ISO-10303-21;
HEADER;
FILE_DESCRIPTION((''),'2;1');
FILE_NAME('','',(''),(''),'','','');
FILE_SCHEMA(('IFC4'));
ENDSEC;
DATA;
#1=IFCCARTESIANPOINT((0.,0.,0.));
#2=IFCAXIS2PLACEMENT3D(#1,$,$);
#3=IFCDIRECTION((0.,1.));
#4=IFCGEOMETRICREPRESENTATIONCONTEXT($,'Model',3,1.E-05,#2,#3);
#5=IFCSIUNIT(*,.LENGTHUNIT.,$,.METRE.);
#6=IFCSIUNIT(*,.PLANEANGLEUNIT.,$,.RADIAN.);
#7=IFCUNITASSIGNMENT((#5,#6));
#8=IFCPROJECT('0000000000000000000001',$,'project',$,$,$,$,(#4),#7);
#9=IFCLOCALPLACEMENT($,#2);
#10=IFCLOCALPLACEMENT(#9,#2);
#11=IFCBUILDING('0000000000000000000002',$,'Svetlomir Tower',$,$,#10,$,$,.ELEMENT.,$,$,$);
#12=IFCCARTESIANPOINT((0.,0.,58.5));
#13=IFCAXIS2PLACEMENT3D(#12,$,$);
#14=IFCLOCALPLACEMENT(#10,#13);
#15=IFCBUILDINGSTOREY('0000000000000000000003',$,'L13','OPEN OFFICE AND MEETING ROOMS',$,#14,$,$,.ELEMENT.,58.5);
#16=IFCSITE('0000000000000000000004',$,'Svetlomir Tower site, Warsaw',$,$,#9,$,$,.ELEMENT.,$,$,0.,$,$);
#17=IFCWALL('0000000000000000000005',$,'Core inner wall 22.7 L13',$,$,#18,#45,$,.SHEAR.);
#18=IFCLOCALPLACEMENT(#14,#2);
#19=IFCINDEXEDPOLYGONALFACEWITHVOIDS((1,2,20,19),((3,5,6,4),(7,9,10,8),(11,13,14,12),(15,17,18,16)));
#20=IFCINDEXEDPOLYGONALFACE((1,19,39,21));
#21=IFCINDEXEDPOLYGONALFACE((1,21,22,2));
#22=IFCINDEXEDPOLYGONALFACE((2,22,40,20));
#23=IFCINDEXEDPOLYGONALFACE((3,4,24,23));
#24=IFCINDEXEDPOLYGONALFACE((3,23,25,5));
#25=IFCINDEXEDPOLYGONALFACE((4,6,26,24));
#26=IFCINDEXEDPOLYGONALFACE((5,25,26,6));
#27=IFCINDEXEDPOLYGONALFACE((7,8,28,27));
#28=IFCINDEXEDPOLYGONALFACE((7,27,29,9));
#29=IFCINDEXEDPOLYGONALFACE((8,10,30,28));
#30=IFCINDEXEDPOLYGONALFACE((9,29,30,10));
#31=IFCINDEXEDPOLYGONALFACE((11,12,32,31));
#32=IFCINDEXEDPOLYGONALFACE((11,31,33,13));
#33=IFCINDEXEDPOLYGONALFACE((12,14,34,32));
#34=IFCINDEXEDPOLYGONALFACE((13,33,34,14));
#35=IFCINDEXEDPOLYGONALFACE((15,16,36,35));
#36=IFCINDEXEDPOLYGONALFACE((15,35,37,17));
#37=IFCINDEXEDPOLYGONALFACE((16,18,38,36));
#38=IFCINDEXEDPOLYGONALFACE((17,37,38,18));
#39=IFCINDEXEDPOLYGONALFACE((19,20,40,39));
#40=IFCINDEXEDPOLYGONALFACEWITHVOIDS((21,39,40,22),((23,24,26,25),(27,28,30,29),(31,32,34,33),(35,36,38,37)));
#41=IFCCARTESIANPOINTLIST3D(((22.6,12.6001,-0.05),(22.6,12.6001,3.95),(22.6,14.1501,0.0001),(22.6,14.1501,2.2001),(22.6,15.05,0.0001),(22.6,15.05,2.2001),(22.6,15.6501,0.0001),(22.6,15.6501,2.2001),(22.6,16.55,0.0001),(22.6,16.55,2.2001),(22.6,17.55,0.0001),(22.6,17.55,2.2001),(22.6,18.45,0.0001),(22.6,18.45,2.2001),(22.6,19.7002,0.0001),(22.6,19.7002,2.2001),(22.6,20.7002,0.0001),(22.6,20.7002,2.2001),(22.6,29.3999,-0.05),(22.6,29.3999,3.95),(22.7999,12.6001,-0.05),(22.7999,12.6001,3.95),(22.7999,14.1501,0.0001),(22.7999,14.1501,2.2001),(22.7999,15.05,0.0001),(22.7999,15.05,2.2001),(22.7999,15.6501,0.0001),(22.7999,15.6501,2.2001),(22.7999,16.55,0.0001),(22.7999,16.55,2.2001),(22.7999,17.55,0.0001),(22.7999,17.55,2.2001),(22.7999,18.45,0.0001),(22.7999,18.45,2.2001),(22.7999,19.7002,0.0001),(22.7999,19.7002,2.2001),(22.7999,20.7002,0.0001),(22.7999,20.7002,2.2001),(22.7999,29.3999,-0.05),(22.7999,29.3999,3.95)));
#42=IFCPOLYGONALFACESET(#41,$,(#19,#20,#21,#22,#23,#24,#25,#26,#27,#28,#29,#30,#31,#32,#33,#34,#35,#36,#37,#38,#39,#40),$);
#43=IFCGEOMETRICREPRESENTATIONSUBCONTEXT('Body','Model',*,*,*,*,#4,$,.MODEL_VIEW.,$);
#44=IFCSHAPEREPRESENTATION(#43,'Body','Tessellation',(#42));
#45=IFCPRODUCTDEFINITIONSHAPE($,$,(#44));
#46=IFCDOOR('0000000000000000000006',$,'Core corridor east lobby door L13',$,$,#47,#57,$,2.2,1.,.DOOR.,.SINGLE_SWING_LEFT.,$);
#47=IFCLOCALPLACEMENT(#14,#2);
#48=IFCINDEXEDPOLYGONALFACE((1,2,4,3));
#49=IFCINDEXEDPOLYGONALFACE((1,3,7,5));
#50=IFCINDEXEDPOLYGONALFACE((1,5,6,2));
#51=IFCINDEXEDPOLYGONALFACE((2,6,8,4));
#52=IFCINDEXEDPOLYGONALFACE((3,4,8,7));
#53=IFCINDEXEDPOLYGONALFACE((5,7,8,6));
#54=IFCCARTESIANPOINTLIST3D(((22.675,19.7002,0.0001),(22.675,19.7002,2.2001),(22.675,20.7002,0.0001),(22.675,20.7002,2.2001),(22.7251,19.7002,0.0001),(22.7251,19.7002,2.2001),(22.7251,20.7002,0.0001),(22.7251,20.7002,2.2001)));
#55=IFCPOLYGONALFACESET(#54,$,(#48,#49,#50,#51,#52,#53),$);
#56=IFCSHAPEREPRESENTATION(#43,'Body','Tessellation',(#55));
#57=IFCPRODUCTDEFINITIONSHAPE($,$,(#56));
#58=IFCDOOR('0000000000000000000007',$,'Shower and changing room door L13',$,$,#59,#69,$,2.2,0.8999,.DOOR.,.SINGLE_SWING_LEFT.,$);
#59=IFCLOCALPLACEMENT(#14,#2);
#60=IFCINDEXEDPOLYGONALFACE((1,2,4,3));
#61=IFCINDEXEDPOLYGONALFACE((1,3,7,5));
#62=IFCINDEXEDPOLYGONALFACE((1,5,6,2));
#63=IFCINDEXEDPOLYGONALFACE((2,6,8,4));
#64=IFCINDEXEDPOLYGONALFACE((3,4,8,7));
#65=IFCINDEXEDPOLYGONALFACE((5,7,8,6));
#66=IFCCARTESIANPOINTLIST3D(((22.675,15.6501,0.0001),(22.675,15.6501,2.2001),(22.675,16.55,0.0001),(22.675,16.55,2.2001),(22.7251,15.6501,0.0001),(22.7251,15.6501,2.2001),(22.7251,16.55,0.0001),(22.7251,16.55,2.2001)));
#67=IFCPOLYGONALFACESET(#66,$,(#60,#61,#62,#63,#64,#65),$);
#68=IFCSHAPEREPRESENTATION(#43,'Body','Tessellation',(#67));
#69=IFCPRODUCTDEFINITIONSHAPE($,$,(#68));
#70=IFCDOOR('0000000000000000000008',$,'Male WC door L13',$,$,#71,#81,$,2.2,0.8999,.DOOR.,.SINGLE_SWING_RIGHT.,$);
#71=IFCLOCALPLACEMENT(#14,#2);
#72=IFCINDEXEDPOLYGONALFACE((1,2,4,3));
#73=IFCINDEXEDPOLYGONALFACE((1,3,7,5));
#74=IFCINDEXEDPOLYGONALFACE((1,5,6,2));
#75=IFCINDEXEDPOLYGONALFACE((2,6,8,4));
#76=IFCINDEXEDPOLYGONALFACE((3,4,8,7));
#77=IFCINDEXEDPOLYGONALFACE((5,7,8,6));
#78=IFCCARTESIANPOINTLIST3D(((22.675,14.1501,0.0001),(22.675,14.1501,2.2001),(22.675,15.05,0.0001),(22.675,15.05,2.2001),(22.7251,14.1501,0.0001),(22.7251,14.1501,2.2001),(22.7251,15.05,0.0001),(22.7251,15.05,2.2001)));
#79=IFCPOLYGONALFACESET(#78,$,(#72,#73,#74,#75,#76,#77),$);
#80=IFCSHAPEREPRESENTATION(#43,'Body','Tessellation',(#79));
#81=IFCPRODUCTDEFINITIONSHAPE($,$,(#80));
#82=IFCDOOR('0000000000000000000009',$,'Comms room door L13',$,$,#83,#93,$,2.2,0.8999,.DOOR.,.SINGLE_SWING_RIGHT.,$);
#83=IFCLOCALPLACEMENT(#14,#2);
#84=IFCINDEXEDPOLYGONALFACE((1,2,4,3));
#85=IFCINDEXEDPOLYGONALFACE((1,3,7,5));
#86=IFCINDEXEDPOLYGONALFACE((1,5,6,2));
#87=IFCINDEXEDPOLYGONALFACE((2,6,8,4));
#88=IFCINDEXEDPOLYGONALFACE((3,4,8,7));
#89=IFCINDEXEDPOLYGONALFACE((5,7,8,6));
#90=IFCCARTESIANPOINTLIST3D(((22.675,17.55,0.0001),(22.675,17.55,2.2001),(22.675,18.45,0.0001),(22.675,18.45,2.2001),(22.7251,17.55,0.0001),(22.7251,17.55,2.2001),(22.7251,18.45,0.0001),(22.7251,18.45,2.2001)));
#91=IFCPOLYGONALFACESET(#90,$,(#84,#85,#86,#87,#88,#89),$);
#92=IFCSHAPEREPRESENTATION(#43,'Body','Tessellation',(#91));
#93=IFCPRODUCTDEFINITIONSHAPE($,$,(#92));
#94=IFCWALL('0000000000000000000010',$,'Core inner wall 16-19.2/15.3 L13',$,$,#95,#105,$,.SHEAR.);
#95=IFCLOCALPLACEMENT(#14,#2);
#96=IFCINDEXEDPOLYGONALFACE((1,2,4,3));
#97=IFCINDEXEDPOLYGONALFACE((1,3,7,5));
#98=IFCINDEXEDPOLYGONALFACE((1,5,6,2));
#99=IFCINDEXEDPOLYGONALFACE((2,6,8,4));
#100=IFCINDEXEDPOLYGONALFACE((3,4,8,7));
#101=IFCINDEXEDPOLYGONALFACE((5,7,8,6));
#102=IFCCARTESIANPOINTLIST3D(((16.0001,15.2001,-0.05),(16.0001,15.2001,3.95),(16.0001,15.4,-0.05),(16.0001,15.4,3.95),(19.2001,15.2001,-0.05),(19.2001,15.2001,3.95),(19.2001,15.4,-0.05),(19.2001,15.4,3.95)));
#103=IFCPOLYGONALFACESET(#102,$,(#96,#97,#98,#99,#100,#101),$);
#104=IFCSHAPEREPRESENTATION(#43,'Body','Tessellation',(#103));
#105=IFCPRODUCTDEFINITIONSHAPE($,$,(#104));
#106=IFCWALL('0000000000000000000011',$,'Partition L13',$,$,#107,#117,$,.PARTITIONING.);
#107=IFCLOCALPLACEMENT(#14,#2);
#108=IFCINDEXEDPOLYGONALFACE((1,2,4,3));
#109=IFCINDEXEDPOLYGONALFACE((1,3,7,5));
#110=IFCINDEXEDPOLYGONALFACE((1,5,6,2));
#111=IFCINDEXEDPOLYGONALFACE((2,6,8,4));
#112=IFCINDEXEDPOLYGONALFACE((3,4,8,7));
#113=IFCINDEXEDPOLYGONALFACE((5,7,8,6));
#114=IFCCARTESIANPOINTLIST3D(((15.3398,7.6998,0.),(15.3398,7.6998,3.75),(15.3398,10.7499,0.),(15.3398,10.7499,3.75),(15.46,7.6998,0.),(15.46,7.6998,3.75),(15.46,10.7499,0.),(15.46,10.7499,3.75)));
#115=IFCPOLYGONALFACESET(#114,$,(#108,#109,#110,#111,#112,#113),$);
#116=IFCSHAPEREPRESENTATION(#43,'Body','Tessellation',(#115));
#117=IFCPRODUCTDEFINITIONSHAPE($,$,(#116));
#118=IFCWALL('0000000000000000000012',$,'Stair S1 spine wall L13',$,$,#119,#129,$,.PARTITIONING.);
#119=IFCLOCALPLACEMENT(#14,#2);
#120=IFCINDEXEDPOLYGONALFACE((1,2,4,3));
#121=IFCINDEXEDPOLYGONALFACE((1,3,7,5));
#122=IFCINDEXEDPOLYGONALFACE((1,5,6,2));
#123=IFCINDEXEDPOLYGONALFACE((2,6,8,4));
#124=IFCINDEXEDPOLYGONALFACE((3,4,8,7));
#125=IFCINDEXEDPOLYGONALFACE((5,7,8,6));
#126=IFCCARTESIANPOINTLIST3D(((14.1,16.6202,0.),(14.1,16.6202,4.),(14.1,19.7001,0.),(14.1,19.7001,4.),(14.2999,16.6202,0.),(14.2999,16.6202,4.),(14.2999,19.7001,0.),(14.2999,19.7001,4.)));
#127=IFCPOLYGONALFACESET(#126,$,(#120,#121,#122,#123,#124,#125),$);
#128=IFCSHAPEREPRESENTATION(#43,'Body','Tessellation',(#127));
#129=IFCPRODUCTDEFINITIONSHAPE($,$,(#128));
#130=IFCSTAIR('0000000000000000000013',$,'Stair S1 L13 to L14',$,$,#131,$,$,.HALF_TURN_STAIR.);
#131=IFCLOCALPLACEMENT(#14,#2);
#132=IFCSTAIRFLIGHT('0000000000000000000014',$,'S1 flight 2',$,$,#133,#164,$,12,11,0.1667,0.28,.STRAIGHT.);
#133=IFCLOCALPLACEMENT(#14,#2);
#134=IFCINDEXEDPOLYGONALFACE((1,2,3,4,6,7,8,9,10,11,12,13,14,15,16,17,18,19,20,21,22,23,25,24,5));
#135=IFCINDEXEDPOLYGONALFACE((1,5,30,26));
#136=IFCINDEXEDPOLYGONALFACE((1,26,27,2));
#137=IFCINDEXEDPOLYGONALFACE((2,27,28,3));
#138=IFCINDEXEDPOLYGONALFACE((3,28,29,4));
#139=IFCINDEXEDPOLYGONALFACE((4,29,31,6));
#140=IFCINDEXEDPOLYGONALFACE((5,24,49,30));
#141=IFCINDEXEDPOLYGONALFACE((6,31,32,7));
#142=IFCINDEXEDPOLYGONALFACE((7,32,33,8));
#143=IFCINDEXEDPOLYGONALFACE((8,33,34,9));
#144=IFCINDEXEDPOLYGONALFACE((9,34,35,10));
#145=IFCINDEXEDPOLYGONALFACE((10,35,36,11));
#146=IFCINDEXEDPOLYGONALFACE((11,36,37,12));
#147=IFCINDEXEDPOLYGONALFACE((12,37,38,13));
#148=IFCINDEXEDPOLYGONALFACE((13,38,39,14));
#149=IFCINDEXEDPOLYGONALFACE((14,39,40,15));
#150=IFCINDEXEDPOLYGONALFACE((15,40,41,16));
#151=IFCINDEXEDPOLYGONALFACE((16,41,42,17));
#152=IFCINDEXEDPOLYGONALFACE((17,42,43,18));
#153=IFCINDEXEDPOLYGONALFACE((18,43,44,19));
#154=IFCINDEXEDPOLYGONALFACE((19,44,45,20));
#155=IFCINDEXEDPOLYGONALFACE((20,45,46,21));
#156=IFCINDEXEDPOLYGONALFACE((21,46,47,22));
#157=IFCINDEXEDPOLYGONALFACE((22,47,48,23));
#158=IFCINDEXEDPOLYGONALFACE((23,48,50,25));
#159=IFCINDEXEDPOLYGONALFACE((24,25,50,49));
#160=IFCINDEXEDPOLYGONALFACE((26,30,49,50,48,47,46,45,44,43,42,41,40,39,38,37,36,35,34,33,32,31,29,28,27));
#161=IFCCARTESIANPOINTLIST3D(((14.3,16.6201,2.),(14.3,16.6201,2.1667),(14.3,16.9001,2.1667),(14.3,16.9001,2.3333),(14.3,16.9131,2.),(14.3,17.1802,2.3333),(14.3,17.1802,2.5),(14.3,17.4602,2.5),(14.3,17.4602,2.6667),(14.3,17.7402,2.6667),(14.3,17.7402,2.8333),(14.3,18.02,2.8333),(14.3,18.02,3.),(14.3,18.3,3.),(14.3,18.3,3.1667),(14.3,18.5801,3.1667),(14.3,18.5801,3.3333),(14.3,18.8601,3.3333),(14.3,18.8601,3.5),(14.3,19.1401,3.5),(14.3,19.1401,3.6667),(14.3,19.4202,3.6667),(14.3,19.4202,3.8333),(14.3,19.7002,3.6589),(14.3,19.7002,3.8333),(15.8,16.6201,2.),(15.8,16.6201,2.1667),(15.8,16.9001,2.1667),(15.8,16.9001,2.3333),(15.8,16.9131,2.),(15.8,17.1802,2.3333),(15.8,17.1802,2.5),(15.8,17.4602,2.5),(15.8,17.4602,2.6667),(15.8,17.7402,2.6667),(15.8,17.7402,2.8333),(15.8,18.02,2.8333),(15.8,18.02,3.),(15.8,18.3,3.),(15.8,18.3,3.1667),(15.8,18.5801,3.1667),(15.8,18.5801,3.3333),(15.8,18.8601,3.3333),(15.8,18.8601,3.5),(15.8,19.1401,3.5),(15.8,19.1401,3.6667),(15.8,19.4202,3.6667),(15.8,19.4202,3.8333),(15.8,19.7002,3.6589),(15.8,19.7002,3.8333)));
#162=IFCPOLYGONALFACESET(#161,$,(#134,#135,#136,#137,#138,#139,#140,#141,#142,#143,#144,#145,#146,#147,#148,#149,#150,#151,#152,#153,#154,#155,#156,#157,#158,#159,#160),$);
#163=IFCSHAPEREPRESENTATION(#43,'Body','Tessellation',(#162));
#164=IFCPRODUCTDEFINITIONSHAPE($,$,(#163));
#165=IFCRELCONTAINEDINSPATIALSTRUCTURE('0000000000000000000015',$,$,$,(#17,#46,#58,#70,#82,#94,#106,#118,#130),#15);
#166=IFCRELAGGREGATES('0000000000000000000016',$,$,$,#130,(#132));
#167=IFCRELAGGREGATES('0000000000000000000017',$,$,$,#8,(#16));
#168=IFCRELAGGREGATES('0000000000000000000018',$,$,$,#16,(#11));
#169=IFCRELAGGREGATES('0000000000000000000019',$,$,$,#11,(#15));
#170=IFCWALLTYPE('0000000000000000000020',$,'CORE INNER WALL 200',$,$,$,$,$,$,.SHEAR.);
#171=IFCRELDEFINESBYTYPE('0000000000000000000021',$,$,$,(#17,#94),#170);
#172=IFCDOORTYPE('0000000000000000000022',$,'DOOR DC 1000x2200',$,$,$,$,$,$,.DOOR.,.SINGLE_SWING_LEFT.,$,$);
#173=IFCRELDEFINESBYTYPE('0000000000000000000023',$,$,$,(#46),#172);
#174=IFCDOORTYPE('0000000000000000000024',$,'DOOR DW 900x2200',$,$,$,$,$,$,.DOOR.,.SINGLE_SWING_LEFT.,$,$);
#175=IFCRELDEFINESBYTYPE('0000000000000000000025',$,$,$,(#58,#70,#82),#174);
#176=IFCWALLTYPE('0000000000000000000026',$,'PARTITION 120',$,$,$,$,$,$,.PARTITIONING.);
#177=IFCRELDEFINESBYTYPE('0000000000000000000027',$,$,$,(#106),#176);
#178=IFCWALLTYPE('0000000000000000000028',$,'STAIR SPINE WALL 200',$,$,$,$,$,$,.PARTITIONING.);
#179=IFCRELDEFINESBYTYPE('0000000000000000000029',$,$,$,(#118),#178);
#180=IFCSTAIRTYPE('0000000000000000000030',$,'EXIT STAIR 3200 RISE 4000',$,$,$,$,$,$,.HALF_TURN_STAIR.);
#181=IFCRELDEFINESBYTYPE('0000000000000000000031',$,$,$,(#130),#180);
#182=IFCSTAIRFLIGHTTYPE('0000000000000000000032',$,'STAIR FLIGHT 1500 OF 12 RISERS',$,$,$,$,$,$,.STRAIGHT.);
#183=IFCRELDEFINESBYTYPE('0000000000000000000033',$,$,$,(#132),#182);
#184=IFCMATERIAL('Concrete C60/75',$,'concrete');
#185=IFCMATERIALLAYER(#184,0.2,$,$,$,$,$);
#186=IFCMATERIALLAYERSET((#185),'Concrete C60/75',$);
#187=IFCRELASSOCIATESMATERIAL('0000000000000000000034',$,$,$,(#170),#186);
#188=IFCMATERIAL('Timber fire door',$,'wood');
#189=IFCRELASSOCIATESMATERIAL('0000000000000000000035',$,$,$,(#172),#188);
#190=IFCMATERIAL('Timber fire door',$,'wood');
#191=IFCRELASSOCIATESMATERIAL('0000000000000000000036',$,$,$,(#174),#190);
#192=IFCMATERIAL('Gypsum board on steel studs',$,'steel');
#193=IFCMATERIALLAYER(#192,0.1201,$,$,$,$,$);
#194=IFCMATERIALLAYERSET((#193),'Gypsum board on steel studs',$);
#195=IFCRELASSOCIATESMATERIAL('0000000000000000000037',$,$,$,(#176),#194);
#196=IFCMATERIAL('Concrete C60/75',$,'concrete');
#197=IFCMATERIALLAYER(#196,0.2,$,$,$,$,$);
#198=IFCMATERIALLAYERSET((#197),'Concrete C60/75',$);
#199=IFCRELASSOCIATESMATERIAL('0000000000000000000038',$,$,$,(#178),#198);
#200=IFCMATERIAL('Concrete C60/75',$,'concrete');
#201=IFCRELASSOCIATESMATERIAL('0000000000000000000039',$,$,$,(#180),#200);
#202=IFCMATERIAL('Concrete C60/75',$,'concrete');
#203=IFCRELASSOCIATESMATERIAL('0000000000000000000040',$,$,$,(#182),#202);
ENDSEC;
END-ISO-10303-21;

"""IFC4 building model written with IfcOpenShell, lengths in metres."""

from ifc_helpers import new_model, si_unit, direction, frame, frame_2d, origin, place, context, subcontext, project, spatial, polyline, rectangle, outline, extrude, material, layer, layer_set, type_object, element, fill, aggregate, save


model = new_model("IFC4")

# Units and contexts
model_context = context("Model", 3, precision=1e-05, world=origin(), true_north=direction((0.0, 1.0)))
body_context = subcontext(model_context, "Body", "Model", "MODEL_VIEW")
ifc_project = project(units=[si_unit("LENGTHUNIT", "METRE"), si_unit("PLANEANGLEUNIT", "RADIAN")], contexts=[model_context])

# Site, building, storey
site_placement = place(None, origin())
site = spatial("IfcSite", under=ifc_project, at=site_placement, Name="Svetlomir Tower site, Warsaw", CompositionType="ELEMENT", RefElevation=0.0)
building_placement = place(site_placement, origin())
building = spatial("IfcBuilding", under=site, at=building_placement, Name="Svetlomir Tower", CompositionType="ELEMENT")
storey_placement = place(building_placement, frame((0.0, 0.0, 58.5)))
storey = spatial("IfcBuildingStorey", under=building, at=storey_placement, Name="L13", Description="OPEN OFFICE AND MEETING ROOMS", CompositionType="ELEMENT", Elevation=58.5)

# Shared definitions
ifc_material_1 = material(Name="Concrete C60/75", Category="concrete")
ifc_layer_1 = layer(ifc_material_1, 0.2)
ifc_layer_set_1 = layer_set([ifc_layer_1], Name="Concrete C60/75")
wall_type_1 = type_object("IfcWallType", Name="CORE INNER WALL 200", PredefinedType="SHEAR", material=ifc_layer_set_1)

# Wall, openings, doors
ifc_material_2 = material(Name="Timber fire door", Category="wood")
door_type_1 = type_object("IfcDoorType", Name="DOOR DC 1000x2200", OperationType="SINGLE_SWING_LEFT", PredefinedType="DOOR", material=ifc_material_2)
ifc_material_3 = material(Name="Timber fire door", Category="wood")
door_type_2 = type_object("IfcDoorType", Name="DOOR DW 900x2200", OperationType="SINGLE_SWING_LEFT", PredefinedType="DOOR", material=ifc_material_3)
wall_1_placement = place(storey_placement, frame((22.7, 12.6001, -0.05), z_axis=(0.0, 0.0, 1.0), x_axis=(0.0, 1.0, 0.0)))
wall_1 = element("IfcWall", 1, at=wall_1_placement, inside=storey, type_object=wall_type_1, Name="Core inner wall 22.7 L13", PredefinedType="SHEAR", context=body_context, shape_type="SweptSolid", body=[
    extrude(rectangle(XDim=16.7998, YDim=0.2, at=frame_2d((8.3999, 0.0))), origin(), (0.0, 0.0, 1.0), 4.0),
])
opening_1_placement = place(wall_1_placement, frame((3.05, 0.0, 0.05)))
opening_1 = element("IfcOpeningElement", 2, at=opening_1_placement, cuts=wall_1, PredefinedType="OPENING", context=body_context, shape_type="SweptSolid", body=[
    extrude(rectangle(XDim=0.8999, YDim=2.2, at=frame_2d((0.45, 1.1001))), frame((0.0, 0.1099, 0.0), z_axis=(0.0, -1.0, 0.0), x_axis=(1.0, 0.0, 0.0)), (0.0, 0.0, 1.0), 0.22),
])
opening_2_placement = place(wall_1_placement, frame((7.1001, 0.0, 0.05)))
opening_2 = element("IfcOpeningElement", 3, at=opening_2_placement, cuts=wall_1, PredefinedType="OPENING", context=body_context, shape_type="SweptSolid", body=[
    extrude(rectangle(XDim=1.0, YDim=2.2, at=frame_2d((0.5, 1.1001))), frame((0.0, 0.1099, 0.0), z_axis=(0.0, -1.0, 0.0), x_axis=(1.0, 0.0, 0.0)), (0.0, 0.0, 1.0), 0.22),
])
opening_3_placement = place(wall_1_placement, frame((1.55, 0.0, 0.05)))
opening_3 = element("IfcOpeningElement", 4, at=opening_3_placement, cuts=wall_1, PredefinedType="OPENING", context=body_context, shape_type="SweptSolid", body=[
    extrude(rectangle(XDim=0.8999, YDim=2.2, at=frame_2d((0.45, 1.1001))), frame((0.0, 0.1099, 0.0), z_axis=(0.0, -1.0, 0.0), x_axis=(1.0, 0.0, 0.0)), (0.0, 0.0, 1.0), 0.22),
])
opening_4_placement = place(wall_1_placement, frame((4.95, 0.0, 0.05)))
opening_4 = element("IfcOpeningElement", 5, at=opening_4_placement, cuts=wall_1, PredefinedType="OPENING", context=body_context, shape_type="SweptSolid", body=[
    extrude(rectangle(XDim=0.8999, YDim=2.2, at=frame_2d((0.45, 1.1001))), frame((0.0, 0.1099, 0.0), z_axis=(0.0, -1.0, 0.0), x_axis=(1.0, 0.0, 0.0)), (0.0, 0.0, 1.0), 0.22),
])
door_1_placement = place(opening_2_placement, origin())
door_1 = element("IfcDoor", 6, at=door_1_placement, inside=storey, type_object=door_type_1, Name="Core corridor east lobby door L13", OperationType="SINGLE_SWING_LEFT", OverallHeight=2.2, OverallWidth=1.0, PredefinedType="DOOR", context=body_context, shape_type="SweptSolid", body=[
    extrude(rectangle(XDim=1.0, YDim=2.2, at=frame_2d((0.5, 1.1001))), frame((0.0, 0.0249, 0.0), z_axis=(0.0, -1.0, 0.0), x_axis=(1.0, 0.0, 0.0)), (0.0, 0.0, 1.0), 0.05),
])
fill(opening_2, door_1)
door_2_placement = place(opening_1_placement, origin())
door_2 = element("IfcDoor", 7, at=door_2_placement, inside=storey, type_object=door_type_2, Name="Shower and changing room door L13", OperationType="SINGLE_SWING_LEFT", OverallHeight=2.2, OverallWidth=0.8999, PredefinedType="DOOR", context=body_context, shape_type="SweptSolid", body=[
    extrude(rectangle(XDim=0.8999, YDim=2.2, at=frame_2d((0.45, 1.1001))), frame((0.0, 0.0249, 0.0), z_axis=(0.0, -1.0, 0.0), x_axis=(1.0, 0.0, 0.0)), (0.0, 0.0, 1.0), 0.05),
])
fill(opening_1, door_2)
door_3_placement = place(opening_3_placement, origin())
door_3 = element("IfcDoor", 8, at=door_3_placement, inside=storey, type_object=door_type_2, Name="Male WC door L13", OperationType="SINGLE_SWING_RIGHT", OverallHeight=2.2, OverallWidth=0.8999, PredefinedType="DOOR", context=body_context, shape_type="SweptSolid", body=[
    extrude(rectangle(XDim=0.8999, YDim=2.2, at=frame_2d((0.45, 1.1001))), frame((0.0, 0.0249, 0.0), z_axis=(0.0, -1.0, 0.0), x_axis=(1.0, 0.0, 0.0)), (0.0, 0.0, 1.0), 0.05),
])
fill(opening_3, door_3)
door_4_placement = place(opening_4_placement, origin())
door_4 = element("IfcDoor", 9, at=door_4_placement, inside=storey, type_object=door_type_2, Name="Comms room door L13", OperationType="SINGLE_SWING_RIGHT", OverallHeight=2.2, OverallWidth=0.8999, PredefinedType="DOOR", context=body_context, shape_type="SweptSolid", body=[
    extrude(rectangle(XDim=0.8999, YDim=2.2, at=frame_2d((0.45, 1.1001))), frame((0.0, 0.0249, 0.0), z_axis=(0.0, -1.0, 0.0), x_axis=(1.0, 0.0, 0.0)), (0.0, 0.0, 1.0), 0.05),
])
fill(opening_4, door_4)

# Walls
wall_2_placement = place(storey_placement, frame((16.0, 15.3, -0.05), z_axis=(0.0, 0.0, 1.0), x_axis=(1.0, 0.0, 0.0)))
element("IfcWall", 10, at=wall_2_placement, inside=storey, type_object=wall_type_1, Name="Core inner wall 16-19.2/15.3 L13", PredefinedType="SHEAR", context=body_context, shape_type="SweptSolid", body=[
    extrude(rectangle(XDim=3.2, YDim=0.2, at=frame_2d((1.6001, 0.0))), origin(), (0.0, 0.0, 1.0), 4.0),
])
ifc_material_4 = material(Name="Gypsum board on steel studs", Category="steel")
ifc_layer_2 = layer(ifc_material_4, 0.1201)
ifc_layer_set_2 = layer_set([ifc_layer_2], Name="Gypsum board on steel studs")
wall_type_2 = type_object("IfcWallType", Name="PARTITION 120", PredefinedType="PARTITIONING", material=ifc_layer_set_2)
wall_3_placement = place(storey_placement, frame((15.3999, 7.7, 0.0), z_axis=(0.0, 0.0, 1.0), x_axis=(0.0, 1.0, 0.0)))
element("IfcWall", 11, at=wall_3_placement, inside=storey, type_object=wall_type_2, Name="Partition L13", PredefinedType="PARTITIONING", context=body_context, shape_type="SweptSolid", body=[
    extrude(rectangle(XDim=3.05, YDim=0.1201, at=frame_2d((1.5249, 0.0))), origin(), (0.0, 0.0, 1.0), 3.75),
])
ifc_material_5 = material(Name="Concrete C60/75", Category="concrete")
ifc_layer_3 = layer(ifc_material_5, 0.2)
ifc_layer_set_3 = layer_set([ifc_layer_3], Name="Concrete C60/75")
wall_type_3 = type_object("IfcWallType", Name="STAIR SPINE WALL 200", PredefinedType="PARTITIONING", material=ifc_layer_set_3)
wall_4_placement = place(storey_placement, frame((14.2, 16.6201, 0.0), z_axis=(0.0, 0.0, 1.0), x_axis=(0.0, 1.0, 0.0)))
element("IfcWall", 12, at=wall_4_placement, inside=storey, type_object=wall_type_3, Name="Stair S1 spine wall L13", PredefinedType="PARTITIONING", context=body_context, shape_type="SweptSolid", body=[
    extrude(rectangle(XDim=3.0798, YDim=0.2, at=frame_2d((1.54, 0.0))), origin(), (0.0, 0.0, 1.0), 4.0),
])

# Stair, stair flight
ifc_material_6 = material(Name="Concrete C60/75", Category="concrete")
stair_type = type_object("IfcStairType", Name="EXIT STAIR 3200 RISE 4000", PredefinedType="HALF_TURN_STAIR", material=ifc_material_6)
stair_placement = place(storey_placement, origin())
stair = element("IfcStair", 13, at=stair_placement, inside=storey, type_object=stair_type, Name="Stair S1 L13 to L14", PredefinedType="HALF_TURN_STAIR")
ifc_material_7 = material(Name="Concrete C60/75", Category="concrete")
stair_flight_type = type_object("IfcStairFlightType", Name="STAIR FLIGHT 1500 OF 12 RISERS", PredefinedType="STRAIGHT", material=ifc_material_7)
stair_flight_placement = place(storey_placement, frame((15.05, 16.6201, 2.0), z_axis=(0.0, 0.0, 1.0), x_axis=(0.0, 1.0, 0.0)))
stair_flight = element("IfcStairFlight", 14, at=stair_flight_placement, type_object=stair_flight_type, Name="S1 flight 2", NumberOfRisers=12, NumberOfTreads=11, PredefinedType="STRAIGHT", RiserHeight=0.1667, TreadLength=0.28, context=body_context, shape_type="SweptSolid", body=[
    extrude(outline(polyline([(0.0, 0.0), (0.0, 0.1667), (0.28, 0.1667), (0.28, 0.3333), (0.5601, 0.3333), (0.5601, 0.5), (0.8401, 0.5), (0.8401, 0.6667), (1.1201, 0.6667), (1.1201, 0.8333), (1.3999, 0.8333), (1.3999, 1.0), (1.6799, 1.0), (1.6799, 1.1667), (1.96, 1.1667), (1.96, 1.3333), (2.24, 1.3333), (2.24, 1.5), (2.52, 1.5), (2.52, 1.6667), (2.8, 1.6667), (2.8, 1.8333), (3.0801, 1.8333), (3.0801, 2.0), (3.0801, 1.6589), (0.293, 0.0), (0.0, 0.0)])), frame((0.0, 0.75, 0.0), z_axis=(0.0, -1.0, 0.0), x_axis=(1.0, 0.0, 0.0)), (0.0, 0.0, 1.0), 1.5),
])
aggregate(stair, [stair_flight])

save(model, "model.ifc")
